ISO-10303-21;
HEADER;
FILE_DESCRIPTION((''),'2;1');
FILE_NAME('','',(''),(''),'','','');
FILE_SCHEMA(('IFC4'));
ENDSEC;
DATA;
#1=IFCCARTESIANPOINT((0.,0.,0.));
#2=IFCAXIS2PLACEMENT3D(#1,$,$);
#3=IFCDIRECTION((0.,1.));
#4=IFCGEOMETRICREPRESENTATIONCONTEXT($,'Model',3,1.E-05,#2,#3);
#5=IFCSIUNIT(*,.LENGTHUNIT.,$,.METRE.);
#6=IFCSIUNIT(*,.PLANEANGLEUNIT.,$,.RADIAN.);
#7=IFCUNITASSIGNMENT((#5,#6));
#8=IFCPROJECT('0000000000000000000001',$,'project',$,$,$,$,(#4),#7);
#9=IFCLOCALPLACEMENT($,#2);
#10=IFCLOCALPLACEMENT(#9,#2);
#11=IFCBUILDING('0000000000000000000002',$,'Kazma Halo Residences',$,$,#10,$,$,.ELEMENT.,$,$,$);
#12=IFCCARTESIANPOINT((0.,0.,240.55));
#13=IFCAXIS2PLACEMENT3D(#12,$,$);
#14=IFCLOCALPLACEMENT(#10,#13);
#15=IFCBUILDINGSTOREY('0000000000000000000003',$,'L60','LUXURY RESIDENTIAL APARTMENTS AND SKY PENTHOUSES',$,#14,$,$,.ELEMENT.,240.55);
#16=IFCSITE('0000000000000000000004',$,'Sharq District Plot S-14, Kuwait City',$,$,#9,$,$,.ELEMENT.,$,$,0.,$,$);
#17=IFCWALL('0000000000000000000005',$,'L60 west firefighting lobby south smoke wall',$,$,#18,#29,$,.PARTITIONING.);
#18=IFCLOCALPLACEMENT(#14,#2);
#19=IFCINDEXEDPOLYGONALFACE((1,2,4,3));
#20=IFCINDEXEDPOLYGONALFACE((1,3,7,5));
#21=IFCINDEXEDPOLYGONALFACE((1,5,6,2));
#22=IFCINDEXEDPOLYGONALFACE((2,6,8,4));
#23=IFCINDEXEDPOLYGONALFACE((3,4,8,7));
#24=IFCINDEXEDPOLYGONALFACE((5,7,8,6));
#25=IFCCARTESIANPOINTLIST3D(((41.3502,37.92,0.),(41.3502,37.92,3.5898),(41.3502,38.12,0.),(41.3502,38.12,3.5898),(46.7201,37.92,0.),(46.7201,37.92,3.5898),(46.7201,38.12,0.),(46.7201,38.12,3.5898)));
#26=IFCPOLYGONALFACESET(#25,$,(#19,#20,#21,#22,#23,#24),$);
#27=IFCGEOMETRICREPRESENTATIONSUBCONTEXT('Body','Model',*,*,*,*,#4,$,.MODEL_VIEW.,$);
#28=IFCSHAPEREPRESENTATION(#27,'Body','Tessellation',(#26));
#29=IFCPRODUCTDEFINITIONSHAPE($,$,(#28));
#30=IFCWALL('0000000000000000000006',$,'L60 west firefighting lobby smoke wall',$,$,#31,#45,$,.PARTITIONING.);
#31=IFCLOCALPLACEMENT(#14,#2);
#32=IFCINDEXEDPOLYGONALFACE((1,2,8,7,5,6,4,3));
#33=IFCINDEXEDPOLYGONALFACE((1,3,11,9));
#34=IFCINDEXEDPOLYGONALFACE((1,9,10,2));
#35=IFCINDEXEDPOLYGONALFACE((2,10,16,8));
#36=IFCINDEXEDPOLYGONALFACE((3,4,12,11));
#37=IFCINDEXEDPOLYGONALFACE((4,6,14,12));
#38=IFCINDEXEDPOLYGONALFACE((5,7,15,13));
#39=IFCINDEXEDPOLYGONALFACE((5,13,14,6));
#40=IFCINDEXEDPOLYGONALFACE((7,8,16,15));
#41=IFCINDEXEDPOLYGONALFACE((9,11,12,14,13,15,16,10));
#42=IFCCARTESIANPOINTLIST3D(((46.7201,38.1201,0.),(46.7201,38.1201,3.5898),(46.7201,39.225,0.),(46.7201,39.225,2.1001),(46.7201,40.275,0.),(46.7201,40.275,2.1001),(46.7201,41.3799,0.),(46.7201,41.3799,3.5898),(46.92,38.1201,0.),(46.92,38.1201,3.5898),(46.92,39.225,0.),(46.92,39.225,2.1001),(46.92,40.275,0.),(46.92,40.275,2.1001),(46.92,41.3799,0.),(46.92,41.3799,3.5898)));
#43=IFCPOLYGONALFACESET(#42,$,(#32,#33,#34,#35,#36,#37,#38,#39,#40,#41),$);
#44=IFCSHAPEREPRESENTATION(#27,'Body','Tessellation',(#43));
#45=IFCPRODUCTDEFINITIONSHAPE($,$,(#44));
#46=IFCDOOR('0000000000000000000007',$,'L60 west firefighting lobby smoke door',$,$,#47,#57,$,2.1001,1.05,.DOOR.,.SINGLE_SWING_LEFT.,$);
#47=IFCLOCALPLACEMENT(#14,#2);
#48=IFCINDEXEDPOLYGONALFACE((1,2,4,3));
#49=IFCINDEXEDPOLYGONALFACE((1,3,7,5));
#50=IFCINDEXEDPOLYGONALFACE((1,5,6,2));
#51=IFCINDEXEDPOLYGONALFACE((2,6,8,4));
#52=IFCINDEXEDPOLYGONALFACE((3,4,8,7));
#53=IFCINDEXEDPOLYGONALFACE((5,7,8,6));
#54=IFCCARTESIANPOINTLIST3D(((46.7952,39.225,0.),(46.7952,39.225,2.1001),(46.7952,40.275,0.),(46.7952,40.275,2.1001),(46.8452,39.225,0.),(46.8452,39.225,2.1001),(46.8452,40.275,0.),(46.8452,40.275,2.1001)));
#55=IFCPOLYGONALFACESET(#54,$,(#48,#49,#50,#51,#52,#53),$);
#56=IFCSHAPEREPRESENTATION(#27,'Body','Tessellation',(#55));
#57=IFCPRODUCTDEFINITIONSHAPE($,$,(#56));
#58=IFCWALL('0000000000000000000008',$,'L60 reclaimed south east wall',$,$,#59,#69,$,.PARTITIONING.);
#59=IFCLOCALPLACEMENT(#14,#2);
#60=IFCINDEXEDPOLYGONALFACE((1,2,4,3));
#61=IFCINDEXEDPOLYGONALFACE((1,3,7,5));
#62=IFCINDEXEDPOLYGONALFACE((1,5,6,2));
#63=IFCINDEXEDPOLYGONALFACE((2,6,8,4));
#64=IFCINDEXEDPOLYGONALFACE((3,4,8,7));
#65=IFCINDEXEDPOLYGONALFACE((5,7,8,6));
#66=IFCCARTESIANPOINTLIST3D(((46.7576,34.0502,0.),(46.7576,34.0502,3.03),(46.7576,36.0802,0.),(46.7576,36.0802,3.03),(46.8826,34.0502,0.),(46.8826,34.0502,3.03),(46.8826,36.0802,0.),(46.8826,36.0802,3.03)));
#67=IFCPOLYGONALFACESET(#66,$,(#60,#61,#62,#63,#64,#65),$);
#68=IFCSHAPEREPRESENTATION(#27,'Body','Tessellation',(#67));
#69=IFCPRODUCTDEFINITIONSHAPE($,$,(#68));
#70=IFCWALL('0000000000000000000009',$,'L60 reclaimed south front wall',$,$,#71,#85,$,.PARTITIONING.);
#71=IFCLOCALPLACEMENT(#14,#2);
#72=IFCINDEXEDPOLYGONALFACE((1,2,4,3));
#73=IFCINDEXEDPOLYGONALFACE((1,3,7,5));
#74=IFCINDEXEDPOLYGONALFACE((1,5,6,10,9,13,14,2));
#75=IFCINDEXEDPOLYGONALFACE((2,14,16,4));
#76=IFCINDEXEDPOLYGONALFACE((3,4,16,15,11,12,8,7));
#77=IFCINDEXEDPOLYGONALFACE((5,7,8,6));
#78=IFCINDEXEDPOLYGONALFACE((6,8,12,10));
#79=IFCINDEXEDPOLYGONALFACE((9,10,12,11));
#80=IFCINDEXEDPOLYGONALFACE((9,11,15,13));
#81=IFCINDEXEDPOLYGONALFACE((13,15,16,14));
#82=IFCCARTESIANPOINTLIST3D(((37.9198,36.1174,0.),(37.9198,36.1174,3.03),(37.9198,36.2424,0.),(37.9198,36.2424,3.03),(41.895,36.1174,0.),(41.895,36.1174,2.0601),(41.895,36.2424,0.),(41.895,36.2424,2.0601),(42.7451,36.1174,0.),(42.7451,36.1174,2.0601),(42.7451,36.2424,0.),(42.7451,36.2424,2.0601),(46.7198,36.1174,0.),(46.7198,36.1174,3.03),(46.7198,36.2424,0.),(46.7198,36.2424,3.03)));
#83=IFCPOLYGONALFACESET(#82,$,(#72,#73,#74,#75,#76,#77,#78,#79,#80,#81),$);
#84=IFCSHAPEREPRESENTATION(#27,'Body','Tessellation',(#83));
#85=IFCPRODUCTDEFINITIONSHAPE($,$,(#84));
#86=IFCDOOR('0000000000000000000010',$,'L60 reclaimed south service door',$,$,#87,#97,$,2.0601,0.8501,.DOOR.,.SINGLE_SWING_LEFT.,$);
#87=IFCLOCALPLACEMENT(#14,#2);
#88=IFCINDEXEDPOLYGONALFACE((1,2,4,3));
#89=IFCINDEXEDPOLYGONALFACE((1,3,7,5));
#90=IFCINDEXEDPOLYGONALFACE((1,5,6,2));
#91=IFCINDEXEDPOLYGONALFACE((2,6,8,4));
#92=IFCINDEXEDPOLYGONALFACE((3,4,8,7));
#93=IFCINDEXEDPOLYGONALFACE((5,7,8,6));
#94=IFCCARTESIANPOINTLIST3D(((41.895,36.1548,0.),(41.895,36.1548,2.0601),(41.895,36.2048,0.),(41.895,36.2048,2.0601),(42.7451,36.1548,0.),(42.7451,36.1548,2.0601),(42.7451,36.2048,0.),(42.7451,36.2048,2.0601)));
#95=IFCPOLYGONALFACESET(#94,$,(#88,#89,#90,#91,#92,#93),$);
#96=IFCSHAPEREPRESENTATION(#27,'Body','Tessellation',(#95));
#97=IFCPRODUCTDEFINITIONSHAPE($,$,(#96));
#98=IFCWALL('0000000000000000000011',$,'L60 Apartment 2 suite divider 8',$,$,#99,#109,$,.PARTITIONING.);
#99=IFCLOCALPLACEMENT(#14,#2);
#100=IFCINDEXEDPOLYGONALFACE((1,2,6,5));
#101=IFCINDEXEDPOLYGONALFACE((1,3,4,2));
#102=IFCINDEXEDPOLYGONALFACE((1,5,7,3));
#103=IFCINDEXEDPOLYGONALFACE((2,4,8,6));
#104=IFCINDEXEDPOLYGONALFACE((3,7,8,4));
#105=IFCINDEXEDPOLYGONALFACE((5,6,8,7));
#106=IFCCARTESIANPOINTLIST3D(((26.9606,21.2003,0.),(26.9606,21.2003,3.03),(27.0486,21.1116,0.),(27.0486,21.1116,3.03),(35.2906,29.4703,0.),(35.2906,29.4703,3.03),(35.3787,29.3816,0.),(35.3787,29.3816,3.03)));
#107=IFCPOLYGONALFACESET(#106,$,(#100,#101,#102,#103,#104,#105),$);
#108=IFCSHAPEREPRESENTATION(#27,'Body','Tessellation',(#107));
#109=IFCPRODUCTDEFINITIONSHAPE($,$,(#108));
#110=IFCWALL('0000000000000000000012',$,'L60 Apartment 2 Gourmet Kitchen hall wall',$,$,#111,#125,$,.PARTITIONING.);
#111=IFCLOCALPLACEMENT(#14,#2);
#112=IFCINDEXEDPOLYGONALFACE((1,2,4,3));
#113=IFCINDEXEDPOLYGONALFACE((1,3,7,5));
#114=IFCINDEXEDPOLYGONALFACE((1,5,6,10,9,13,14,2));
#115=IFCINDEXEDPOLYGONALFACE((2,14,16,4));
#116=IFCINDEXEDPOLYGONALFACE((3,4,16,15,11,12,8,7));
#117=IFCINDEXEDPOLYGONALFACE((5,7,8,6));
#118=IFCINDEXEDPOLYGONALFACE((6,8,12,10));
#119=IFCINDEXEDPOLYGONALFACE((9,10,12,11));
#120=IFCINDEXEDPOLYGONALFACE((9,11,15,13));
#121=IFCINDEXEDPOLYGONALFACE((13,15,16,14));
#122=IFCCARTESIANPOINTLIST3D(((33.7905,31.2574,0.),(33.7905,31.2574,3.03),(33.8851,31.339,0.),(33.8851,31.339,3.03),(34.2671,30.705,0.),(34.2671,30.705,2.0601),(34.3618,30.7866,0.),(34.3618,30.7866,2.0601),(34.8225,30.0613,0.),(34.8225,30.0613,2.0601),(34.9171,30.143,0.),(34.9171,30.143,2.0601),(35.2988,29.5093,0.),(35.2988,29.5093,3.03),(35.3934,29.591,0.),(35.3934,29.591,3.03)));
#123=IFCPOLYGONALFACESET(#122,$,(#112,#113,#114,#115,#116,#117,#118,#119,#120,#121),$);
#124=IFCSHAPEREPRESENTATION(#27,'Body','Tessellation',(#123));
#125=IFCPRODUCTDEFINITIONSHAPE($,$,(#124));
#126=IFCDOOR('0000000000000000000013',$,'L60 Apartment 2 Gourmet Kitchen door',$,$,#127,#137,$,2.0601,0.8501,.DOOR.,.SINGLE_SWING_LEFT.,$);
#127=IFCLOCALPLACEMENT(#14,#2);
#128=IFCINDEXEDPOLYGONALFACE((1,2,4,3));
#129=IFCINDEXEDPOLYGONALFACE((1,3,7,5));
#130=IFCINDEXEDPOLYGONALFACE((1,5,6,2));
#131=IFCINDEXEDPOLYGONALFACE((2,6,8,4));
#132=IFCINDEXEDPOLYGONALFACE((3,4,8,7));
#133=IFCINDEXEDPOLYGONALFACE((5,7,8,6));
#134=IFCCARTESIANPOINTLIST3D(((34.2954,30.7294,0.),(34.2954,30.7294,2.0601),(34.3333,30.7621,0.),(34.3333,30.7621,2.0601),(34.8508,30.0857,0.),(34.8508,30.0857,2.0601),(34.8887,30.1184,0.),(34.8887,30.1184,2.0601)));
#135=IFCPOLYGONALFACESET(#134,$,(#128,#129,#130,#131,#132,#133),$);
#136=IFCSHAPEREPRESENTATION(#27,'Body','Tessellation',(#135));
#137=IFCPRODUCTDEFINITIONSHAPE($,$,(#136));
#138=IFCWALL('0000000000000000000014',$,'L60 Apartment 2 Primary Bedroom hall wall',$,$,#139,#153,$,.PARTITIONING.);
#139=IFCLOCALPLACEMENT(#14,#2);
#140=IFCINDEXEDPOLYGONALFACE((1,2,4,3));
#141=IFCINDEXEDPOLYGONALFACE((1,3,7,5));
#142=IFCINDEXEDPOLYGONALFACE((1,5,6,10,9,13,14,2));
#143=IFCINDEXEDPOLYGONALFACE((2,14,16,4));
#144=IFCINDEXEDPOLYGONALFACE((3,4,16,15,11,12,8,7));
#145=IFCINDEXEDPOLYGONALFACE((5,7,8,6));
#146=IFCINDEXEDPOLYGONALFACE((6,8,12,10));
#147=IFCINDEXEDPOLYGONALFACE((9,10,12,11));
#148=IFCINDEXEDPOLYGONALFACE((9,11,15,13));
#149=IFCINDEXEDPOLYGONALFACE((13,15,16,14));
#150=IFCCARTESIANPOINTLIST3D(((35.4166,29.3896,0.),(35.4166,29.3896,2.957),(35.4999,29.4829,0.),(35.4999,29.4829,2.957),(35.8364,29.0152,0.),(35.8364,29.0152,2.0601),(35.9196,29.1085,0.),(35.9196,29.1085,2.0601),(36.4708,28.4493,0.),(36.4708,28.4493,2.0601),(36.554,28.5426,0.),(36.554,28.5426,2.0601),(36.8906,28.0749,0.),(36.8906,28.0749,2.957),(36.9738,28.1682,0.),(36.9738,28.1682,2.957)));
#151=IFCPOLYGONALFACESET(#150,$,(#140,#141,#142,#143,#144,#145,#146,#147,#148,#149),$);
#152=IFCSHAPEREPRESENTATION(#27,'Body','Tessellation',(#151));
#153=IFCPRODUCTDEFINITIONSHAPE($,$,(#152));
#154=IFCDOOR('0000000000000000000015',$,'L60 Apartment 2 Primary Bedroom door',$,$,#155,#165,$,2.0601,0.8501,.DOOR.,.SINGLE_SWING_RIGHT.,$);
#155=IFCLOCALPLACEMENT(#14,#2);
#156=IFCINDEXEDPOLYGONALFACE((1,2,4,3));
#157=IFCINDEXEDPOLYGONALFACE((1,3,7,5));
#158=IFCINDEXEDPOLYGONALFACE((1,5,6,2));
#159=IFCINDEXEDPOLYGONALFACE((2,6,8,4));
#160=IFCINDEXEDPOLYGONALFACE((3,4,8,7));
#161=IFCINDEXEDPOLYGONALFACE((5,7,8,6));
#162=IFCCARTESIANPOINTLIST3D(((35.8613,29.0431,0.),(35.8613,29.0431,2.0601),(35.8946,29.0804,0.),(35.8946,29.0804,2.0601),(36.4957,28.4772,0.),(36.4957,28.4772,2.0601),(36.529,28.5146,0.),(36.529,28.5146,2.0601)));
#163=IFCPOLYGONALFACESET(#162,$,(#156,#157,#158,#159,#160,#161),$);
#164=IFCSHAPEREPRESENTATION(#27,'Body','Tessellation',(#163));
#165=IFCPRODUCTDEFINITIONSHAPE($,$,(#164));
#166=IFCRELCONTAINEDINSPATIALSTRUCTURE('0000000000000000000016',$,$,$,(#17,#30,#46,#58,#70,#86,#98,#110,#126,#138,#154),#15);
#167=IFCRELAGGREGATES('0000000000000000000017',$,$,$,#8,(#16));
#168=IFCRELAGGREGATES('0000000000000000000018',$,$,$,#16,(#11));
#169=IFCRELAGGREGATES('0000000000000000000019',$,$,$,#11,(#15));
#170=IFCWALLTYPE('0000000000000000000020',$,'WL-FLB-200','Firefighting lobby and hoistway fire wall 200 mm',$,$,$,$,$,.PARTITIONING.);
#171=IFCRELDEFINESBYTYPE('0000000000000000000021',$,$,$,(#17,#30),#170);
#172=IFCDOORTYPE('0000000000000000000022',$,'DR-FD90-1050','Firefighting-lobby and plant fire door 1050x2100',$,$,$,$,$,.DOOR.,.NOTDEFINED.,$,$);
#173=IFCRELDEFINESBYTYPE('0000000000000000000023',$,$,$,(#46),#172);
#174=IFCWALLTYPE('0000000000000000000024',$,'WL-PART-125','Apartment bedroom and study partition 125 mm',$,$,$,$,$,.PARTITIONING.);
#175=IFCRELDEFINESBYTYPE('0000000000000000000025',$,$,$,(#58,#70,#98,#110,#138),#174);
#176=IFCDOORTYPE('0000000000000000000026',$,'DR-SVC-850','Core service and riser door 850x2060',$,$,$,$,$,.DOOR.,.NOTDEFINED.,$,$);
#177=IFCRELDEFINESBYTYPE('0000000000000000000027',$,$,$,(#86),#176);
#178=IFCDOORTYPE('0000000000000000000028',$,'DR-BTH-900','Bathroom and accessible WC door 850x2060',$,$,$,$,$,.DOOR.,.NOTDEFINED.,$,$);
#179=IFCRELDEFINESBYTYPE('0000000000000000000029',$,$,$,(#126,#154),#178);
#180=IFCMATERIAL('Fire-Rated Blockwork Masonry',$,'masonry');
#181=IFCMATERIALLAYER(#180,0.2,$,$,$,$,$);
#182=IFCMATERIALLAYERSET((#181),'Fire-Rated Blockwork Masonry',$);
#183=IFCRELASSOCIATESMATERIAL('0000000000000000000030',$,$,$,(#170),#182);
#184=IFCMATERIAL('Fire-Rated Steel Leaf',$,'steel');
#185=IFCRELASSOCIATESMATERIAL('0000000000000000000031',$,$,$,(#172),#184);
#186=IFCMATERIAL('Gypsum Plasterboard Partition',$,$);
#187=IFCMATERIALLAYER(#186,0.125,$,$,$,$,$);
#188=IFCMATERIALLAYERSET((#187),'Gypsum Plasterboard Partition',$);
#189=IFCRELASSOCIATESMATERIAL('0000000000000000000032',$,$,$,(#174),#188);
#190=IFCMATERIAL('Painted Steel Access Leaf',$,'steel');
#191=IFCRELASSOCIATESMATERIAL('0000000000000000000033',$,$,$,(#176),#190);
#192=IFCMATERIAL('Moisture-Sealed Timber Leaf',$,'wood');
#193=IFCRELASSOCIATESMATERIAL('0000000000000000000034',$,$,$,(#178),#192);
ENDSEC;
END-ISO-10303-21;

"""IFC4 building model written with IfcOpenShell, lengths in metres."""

from ifc_helpers import new_model, si_unit, direction, frame, frame_2d, origin, place, context, subcontext, project, spatial, rectangle, extrude, material, layer, layer_set, type_object, element, fill, save


model = new_model("IFC4")

# Units and contexts
model_context = context("Model", 3, precision=1e-05, world=origin(), true_north=direction((0.0, 1.0)))
body_context = subcontext(model_context, "Body", "Model", "MODEL_VIEW")
ifc_project = project(units=[si_unit("LENGTHUNIT", "METRE"), si_unit("PLANEANGLEUNIT", "RADIAN")], contexts=[model_context])

# Site, building, storey
site_placement = place(None, origin())
site = spatial("IfcSite", under=ifc_project, at=site_placement, Name="Sharq District Plot S-14, Kuwait City", CompositionType="ELEMENT", RefElevation=0.0)
building_placement = place(site_placement, origin())
building = spatial("IfcBuilding", under=site, at=building_placement, Name="Kazma Halo Residences", CompositionType="ELEMENT")
storey_placement = place(building_placement, frame((0.0, 0.0, 240.55)))
storey = spatial("IfcBuildingStorey", under=building, at=storey_placement, Name="L60", Description="LUXURY RESIDENTIAL APARTMENTS AND SKY PENTHOUSES", CompositionType="ELEMENT", Elevation=240.55)

# Wall
ifc_material_1 = material(Name="Fire-Rated Blockwork Masonry", Category="masonry")
ifc_layer_1 = layer(ifc_material_1, 0.2)
ifc_layer_set_1 = layer_set([ifc_layer_1], Name="Fire-Rated Blockwork Masonry")
wall_type_1 = type_object("IfcWallType", Name="WL-FLB-200", Description="Firefighting lobby and hoistway fire wall 200 mm", PredefinedType="PARTITIONING", material=ifc_layer_set_1)
wall_1_placement = place(storey_placement, frame((41.3501, 38.02, 0.0), z_axis=(0.0, 0.0, 1.0), x_axis=(1.0, 0.0, 0.0)))
element("IfcWall", 1, at=wall_1_placement, inside=storey, type_object=wall_type_1, Name="L60 west firefighting lobby south smoke wall", PredefinedType="PARTITIONING", context=body_context, shape_type="SweptSolid", body=[
    extrude(rectangle(XDim=5.3699, YDim=0.2, at=frame_2d((2.6851, 0.0))), origin(), (0.0, 0.0, 1.0), 3.5898),
])

# Wall, opening, door
wall_2_placement = place(storey_placement, frame((46.8201, 38.1201, 0.0), z_axis=(0.0, 0.0, 1.0), x_axis=(0.0, 1.0, 0.0)))
wall_2 = element("IfcWall", 2, at=wall_2_placement, inside=storey, type_object=wall_type_1, Name="L60 west firefighting lobby smoke wall", PredefinedType="PARTITIONING", context=body_context, shape_type="SweptSolid", body=[
    extrude(rectangle(XDim=3.2598, YDim=0.2, at=frame_2d((1.6299, 0.0))), origin(), (0.0, 0.0, 1.0), 3.5898),
])
opening_1_placement = place(wall_2_placement, frame((1.105, 0.0, 0.0)))
opening_1 = element("IfcOpeningElement", 3, at=opening_1_placement, cuts=wall_2, PredefinedType="OPENING", context=body_context, shape_type="SweptSolid", body=[
    extrude(rectangle(XDim=1.05, YDim=2.1001, at=frame_2d((0.5249, 1.05))), frame((0.0, 0.1099, 0.0), z_axis=(0.0, -1.0, 0.0), x_axis=(1.0, 0.0, 0.0)), (0.0, 0.0, 1.0), 0.22),
])
ifc_material_2 = material(Name="Fire-Rated Steel Leaf", Category="steel")
door_type_1 = type_object("IfcDoorType", Name="DR-FD90-1050", Description="Firefighting-lobby and plant fire door 1050x2100", OperationType="NOTDEFINED", PredefinedType="DOOR", material=ifc_material_2)
door_1_placement = place(opening_1_placement, origin())
door_1 = element("IfcDoor", 4, at=door_1_placement, inside=storey, type_object=door_type_1, Name="L60 west firefighting lobby smoke door", OperationType="SINGLE_SWING_LEFT", OverallHeight=2.1001, OverallWidth=1.05, PredefinedType="DOOR", context=body_context, shape_type="SweptSolid", body=[
    extrude(rectangle(XDim=1.05, YDim=2.1001, at=frame_2d((0.5249, 1.05))), frame((0.0, 0.0249, 0.0), z_axis=(0.0, -1.0, 0.0), x_axis=(1.0, 0.0, 0.0)), (0.0, 0.0, 1.0), 0.05),
])
fill(opening_1, door_1)

# Wall
ifc_material_3 = material(Name="Gypsum Plasterboard Partition")
ifc_layer_2 = layer(ifc_material_3, 0.125)
ifc_layer_set_2 = layer_set([ifc_layer_2], Name="Gypsum Plasterboard Partition")
wall_type_2 = type_object("IfcWallType", Name="WL-PART-125", Description="Apartment bedroom and study partition 125 mm", PredefinedType="PARTITIONING", material=ifc_layer_set_2)
wall_3_placement = place(storey_placement, frame((46.8201, 34.05, 0.0), z_axis=(0.0, 0.0, 1.0), x_axis=(0.0, 1.0, 0.0)))
element("IfcWall", 5, at=wall_3_placement, inside=storey, type_object=wall_type_2, Name="L60 reclaimed south east wall", PredefinedType="PARTITIONING", context=body_context, shape_type="SweptSolid", body=[
    extrude(rectangle(XDim=2.03, YDim=0.125, at=frame_2d((1.0151, 0.0))), origin(), (0.0, 0.0, 1.0), 3.03),
])

# Wall, opening, door
wall_4_placement = place(storey_placement, frame((37.9199, 36.1799, 0.0), z_axis=(0.0, 0.0, 1.0), x_axis=(1.0, 0.0, 0.0)))
wall_4 = element("IfcWall", 6, at=wall_4_placement, inside=storey, type_object=wall_type_2, Name="L60 reclaimed south front wall", PredefinedType="PARTITIONING", context=body_context, shape_type="SweptSolid", body=[
    extrude(rectangle(XDim=8.8, YDim=0.125, at=frame_2d((4.3999, 0.0))), origin(), (0.0, 0.0, 1.0), 3.03),
])
opening_2_placement = place(wall_4_placement, frame((3.9751, 0.0, 0.0)))
opening_2 = element("IfcOpeningElement", 7, at=opening_2_placement, cuts=wall_4, PredefinedType="OPENING", context=body_context, shape_type="SweptSolid", body=[
    extrude(rectangle(XDim=0.8501, YDim=2.0601, at=frame_2d((0.425, 1.03))), frame((0.0, 0.0725, 0.0), z_axis=(0.0, -1.0, 0.0), x_axis=(1.0, 0.0, 0.0)), (0.0, 0.0, 1.0), 0.145),
])
ifc_material_4 = material(Name="Painted Steel Access Leaf", Category="steel")
door_type_2 = type_object("IfcDoorType", Name="DR-SVC-850", Description="Core service and riser door 850x2060", OperationType="NOTDEFINED", PredefinedType="DOOR", material=ifc_material_4)
door_2_placement = place(opening_2_placement, origin())
door_2 = element("IfcDoor", 8, at=door_2_placement, inside=storey, type_object=door_type_2, Name="L60 reclaimed south service door", OperationType="SINGLE_SWING_LEFT", OverallHeight=2.0601, OverallWidth=0.8501, PredefinedType="DOOR", context=body_context, shape_type="SweptSolid", body=[
    extrude(rectangle(XDim=0.8501, YDim=2.0601, at=frame_2d((0.425, 1.03))), frame((0.0, 0.0249, 0.0), z_axis=(0.0, -1.0, 0.0), x_axis=(1.0, 0.0, 0.0)), (0.0, 0.0, 1.0), 0.05),
])
fill(opening_2, door_2)

# Wall
wall_5_placement = place(storey_placement, frame((35.3347, 29.426, 0.0), z_axis=(0.0, 0.0, 1.0), x_axis=(-0.70966, -0.704544, 0.0)))
element("IfcWall", 9, at=wall_5_placement, inside=storey, type_object=wall_type_2, Name="L60 Apartment 2 suite divider 8", PredefinedType="PARTITIONING", context=body_context, shape_type="SweptSolid", body=[
    extrude(rectangle(XDim=11.738, YDim=0.125, at=frame_2d((5.8691, 0.0))), origin(), (0.0, 0.0, 1.0), 3.03),
])

# Walls, openings, doors
wall_6_placement = place(storey_placement, frame((33.8379, 31.2981, 0.0), z_axis=(0.0, 0.0, 1.0), x_axis=(0.653278, -0.757118, 0.0)))
wall_6 = element("IfcWall", 10, at=wall_6_placement, inside=storey, type_object=wall_type_2, Name="L60 Apartment 2 Gourmet Kitchen hall wall", PredefinedType="PARTITIONING", context=body_context, shape_type="SweptSolid", body=[
    extrude(rectangle(XDim=2.3088, YDim=0.125, at=frame_2d((1.1543, 0.0))), origin(), (0.0, 0.0, 1.0), 3.03),
])
opening_3_placement = place(wall_6_placement, frame((0.7295, 0.0, 0.0)))
opening_3 = element("IfcOpeningElement", 11, at=opening_3_placement, cuts=wall_6, PredefinedType="OPENING", context=body_context, shape_type="SweptSolid", body=[
    extrude(rectangle(XDim=0.8501, YDim=2.0601, at=frame_2d((0.425, 1.03))), frame((0.0, 0.0725, 0.0), z_axis=(0.0, -1.0, 0.0), x_axis=(1.0, 0.0, 0.0)), (0.0, 0.0, 1.0), 0.145),
])
ifc_material_5 = material(Name="Moisture-Sealed Timber Leaf", Category="wood")
door_type_3 = type_object("IfcDoorType", Name="DR-BTH-900", Description="Bathroom and accessible WC door 850x2060", OperationType="NOTDEFINED", PredefinedType="DOOR", material=ifc_material_5)
door_3_placement = place(opening_3_placement, origin())
door_3 = element("IfcDoor", 12, at=door_3_placement, inside=storey, type_object=door_type_3, Name="L60 Apartment 2 Gourmet Kitchen door", OperationType="SINGLE_SWING_LEFT", OverallHeight=2.0601, OverallWidth=0.8501, PredefinedType="DOOR", context=body_context, shape_type="SweptSolid", body=[
    extrude(rectangle(XDim=0.8501, YDim=2.0601, at=frame_2d((0.425, 1.03))), frame((0.0, 0.0249, 0.0), z_axis=(0.0, -1.0, 0.0), x_axis=(1.0, 0.0, 0.0)), (0.0, 0.0, 1.0), 0.05),
])
fill(opening_3, door_3)
wall_7_placement = place(storey_placement, frame((35.4583, 29.4363, 0.0), z_axis=(0.0, 0.0, 1.0), x_axis=(0.746256, -0.66566, 0.0)))
wall_7 = element("IfcWall", 13, at=wall_7_placement, inside=storey, type_object=wall_type_2, Name="L60 Apartment 2 Primary Bedroom hall wall", PredefinedType="PARTITIONING", context=body_context, shape_type="SweptSolid", body=[
    extrude(rectangle(XDim=1.9751, YDim=0.125, at=frame_2d((0.9875, 0.0))), origin(), (0.0, 0.0, 1.0), 2.957),
])
opening_4_placement = place(wall_7_placement, frame((0.5625, 0.0, 0.0)))
opening_4 = element("IfcOpeningElement", 14, at=opening_4_placement, cuts=wall_7, PredefinedType="OPENING", context=body_context, shape_type="SweptSolid", body=[
    extrude(rectangle(XDim=0.8501, YDim=2.0601, at=frame_2d((0.425, 1.03))), frame((0.0, 0.0725, 0.0), z_axis=(0.0, -1.0, 0.0), x_axis=(1.0, 0.0, 0.0)), (0.0, 0.0, 1.0), 0.145),
])
door_4_placement = place(opening_4_placement, origin())
door_4 = element("IfcDoor", 15, at=door_4_placement, inside=storey, type_object=door_type_3, Name="L60 Apartment 2 Primary Bedroom door", OperationType="SINGLE_SWING_RIGHT", OverallHeight=2.0601, OverallWidth=0.8501, PredefinedType="DOOR", context=body_context, shape_type="SweptSolid", body=[
    extrude(rectangle(XDim=0.8501, YDim=2.0601, at=frame_2d((0.425, 1.03))), frame((0.0, 0.0249, 0.0), z_axis=(0.0, -1.0, 0.0), x_axis=(1.0, 0.0, 0.0)), (0.0, 0.0, 1.0), 0.05),
])
fill(opening_4, door_4)

save(model, "model.ifc")
